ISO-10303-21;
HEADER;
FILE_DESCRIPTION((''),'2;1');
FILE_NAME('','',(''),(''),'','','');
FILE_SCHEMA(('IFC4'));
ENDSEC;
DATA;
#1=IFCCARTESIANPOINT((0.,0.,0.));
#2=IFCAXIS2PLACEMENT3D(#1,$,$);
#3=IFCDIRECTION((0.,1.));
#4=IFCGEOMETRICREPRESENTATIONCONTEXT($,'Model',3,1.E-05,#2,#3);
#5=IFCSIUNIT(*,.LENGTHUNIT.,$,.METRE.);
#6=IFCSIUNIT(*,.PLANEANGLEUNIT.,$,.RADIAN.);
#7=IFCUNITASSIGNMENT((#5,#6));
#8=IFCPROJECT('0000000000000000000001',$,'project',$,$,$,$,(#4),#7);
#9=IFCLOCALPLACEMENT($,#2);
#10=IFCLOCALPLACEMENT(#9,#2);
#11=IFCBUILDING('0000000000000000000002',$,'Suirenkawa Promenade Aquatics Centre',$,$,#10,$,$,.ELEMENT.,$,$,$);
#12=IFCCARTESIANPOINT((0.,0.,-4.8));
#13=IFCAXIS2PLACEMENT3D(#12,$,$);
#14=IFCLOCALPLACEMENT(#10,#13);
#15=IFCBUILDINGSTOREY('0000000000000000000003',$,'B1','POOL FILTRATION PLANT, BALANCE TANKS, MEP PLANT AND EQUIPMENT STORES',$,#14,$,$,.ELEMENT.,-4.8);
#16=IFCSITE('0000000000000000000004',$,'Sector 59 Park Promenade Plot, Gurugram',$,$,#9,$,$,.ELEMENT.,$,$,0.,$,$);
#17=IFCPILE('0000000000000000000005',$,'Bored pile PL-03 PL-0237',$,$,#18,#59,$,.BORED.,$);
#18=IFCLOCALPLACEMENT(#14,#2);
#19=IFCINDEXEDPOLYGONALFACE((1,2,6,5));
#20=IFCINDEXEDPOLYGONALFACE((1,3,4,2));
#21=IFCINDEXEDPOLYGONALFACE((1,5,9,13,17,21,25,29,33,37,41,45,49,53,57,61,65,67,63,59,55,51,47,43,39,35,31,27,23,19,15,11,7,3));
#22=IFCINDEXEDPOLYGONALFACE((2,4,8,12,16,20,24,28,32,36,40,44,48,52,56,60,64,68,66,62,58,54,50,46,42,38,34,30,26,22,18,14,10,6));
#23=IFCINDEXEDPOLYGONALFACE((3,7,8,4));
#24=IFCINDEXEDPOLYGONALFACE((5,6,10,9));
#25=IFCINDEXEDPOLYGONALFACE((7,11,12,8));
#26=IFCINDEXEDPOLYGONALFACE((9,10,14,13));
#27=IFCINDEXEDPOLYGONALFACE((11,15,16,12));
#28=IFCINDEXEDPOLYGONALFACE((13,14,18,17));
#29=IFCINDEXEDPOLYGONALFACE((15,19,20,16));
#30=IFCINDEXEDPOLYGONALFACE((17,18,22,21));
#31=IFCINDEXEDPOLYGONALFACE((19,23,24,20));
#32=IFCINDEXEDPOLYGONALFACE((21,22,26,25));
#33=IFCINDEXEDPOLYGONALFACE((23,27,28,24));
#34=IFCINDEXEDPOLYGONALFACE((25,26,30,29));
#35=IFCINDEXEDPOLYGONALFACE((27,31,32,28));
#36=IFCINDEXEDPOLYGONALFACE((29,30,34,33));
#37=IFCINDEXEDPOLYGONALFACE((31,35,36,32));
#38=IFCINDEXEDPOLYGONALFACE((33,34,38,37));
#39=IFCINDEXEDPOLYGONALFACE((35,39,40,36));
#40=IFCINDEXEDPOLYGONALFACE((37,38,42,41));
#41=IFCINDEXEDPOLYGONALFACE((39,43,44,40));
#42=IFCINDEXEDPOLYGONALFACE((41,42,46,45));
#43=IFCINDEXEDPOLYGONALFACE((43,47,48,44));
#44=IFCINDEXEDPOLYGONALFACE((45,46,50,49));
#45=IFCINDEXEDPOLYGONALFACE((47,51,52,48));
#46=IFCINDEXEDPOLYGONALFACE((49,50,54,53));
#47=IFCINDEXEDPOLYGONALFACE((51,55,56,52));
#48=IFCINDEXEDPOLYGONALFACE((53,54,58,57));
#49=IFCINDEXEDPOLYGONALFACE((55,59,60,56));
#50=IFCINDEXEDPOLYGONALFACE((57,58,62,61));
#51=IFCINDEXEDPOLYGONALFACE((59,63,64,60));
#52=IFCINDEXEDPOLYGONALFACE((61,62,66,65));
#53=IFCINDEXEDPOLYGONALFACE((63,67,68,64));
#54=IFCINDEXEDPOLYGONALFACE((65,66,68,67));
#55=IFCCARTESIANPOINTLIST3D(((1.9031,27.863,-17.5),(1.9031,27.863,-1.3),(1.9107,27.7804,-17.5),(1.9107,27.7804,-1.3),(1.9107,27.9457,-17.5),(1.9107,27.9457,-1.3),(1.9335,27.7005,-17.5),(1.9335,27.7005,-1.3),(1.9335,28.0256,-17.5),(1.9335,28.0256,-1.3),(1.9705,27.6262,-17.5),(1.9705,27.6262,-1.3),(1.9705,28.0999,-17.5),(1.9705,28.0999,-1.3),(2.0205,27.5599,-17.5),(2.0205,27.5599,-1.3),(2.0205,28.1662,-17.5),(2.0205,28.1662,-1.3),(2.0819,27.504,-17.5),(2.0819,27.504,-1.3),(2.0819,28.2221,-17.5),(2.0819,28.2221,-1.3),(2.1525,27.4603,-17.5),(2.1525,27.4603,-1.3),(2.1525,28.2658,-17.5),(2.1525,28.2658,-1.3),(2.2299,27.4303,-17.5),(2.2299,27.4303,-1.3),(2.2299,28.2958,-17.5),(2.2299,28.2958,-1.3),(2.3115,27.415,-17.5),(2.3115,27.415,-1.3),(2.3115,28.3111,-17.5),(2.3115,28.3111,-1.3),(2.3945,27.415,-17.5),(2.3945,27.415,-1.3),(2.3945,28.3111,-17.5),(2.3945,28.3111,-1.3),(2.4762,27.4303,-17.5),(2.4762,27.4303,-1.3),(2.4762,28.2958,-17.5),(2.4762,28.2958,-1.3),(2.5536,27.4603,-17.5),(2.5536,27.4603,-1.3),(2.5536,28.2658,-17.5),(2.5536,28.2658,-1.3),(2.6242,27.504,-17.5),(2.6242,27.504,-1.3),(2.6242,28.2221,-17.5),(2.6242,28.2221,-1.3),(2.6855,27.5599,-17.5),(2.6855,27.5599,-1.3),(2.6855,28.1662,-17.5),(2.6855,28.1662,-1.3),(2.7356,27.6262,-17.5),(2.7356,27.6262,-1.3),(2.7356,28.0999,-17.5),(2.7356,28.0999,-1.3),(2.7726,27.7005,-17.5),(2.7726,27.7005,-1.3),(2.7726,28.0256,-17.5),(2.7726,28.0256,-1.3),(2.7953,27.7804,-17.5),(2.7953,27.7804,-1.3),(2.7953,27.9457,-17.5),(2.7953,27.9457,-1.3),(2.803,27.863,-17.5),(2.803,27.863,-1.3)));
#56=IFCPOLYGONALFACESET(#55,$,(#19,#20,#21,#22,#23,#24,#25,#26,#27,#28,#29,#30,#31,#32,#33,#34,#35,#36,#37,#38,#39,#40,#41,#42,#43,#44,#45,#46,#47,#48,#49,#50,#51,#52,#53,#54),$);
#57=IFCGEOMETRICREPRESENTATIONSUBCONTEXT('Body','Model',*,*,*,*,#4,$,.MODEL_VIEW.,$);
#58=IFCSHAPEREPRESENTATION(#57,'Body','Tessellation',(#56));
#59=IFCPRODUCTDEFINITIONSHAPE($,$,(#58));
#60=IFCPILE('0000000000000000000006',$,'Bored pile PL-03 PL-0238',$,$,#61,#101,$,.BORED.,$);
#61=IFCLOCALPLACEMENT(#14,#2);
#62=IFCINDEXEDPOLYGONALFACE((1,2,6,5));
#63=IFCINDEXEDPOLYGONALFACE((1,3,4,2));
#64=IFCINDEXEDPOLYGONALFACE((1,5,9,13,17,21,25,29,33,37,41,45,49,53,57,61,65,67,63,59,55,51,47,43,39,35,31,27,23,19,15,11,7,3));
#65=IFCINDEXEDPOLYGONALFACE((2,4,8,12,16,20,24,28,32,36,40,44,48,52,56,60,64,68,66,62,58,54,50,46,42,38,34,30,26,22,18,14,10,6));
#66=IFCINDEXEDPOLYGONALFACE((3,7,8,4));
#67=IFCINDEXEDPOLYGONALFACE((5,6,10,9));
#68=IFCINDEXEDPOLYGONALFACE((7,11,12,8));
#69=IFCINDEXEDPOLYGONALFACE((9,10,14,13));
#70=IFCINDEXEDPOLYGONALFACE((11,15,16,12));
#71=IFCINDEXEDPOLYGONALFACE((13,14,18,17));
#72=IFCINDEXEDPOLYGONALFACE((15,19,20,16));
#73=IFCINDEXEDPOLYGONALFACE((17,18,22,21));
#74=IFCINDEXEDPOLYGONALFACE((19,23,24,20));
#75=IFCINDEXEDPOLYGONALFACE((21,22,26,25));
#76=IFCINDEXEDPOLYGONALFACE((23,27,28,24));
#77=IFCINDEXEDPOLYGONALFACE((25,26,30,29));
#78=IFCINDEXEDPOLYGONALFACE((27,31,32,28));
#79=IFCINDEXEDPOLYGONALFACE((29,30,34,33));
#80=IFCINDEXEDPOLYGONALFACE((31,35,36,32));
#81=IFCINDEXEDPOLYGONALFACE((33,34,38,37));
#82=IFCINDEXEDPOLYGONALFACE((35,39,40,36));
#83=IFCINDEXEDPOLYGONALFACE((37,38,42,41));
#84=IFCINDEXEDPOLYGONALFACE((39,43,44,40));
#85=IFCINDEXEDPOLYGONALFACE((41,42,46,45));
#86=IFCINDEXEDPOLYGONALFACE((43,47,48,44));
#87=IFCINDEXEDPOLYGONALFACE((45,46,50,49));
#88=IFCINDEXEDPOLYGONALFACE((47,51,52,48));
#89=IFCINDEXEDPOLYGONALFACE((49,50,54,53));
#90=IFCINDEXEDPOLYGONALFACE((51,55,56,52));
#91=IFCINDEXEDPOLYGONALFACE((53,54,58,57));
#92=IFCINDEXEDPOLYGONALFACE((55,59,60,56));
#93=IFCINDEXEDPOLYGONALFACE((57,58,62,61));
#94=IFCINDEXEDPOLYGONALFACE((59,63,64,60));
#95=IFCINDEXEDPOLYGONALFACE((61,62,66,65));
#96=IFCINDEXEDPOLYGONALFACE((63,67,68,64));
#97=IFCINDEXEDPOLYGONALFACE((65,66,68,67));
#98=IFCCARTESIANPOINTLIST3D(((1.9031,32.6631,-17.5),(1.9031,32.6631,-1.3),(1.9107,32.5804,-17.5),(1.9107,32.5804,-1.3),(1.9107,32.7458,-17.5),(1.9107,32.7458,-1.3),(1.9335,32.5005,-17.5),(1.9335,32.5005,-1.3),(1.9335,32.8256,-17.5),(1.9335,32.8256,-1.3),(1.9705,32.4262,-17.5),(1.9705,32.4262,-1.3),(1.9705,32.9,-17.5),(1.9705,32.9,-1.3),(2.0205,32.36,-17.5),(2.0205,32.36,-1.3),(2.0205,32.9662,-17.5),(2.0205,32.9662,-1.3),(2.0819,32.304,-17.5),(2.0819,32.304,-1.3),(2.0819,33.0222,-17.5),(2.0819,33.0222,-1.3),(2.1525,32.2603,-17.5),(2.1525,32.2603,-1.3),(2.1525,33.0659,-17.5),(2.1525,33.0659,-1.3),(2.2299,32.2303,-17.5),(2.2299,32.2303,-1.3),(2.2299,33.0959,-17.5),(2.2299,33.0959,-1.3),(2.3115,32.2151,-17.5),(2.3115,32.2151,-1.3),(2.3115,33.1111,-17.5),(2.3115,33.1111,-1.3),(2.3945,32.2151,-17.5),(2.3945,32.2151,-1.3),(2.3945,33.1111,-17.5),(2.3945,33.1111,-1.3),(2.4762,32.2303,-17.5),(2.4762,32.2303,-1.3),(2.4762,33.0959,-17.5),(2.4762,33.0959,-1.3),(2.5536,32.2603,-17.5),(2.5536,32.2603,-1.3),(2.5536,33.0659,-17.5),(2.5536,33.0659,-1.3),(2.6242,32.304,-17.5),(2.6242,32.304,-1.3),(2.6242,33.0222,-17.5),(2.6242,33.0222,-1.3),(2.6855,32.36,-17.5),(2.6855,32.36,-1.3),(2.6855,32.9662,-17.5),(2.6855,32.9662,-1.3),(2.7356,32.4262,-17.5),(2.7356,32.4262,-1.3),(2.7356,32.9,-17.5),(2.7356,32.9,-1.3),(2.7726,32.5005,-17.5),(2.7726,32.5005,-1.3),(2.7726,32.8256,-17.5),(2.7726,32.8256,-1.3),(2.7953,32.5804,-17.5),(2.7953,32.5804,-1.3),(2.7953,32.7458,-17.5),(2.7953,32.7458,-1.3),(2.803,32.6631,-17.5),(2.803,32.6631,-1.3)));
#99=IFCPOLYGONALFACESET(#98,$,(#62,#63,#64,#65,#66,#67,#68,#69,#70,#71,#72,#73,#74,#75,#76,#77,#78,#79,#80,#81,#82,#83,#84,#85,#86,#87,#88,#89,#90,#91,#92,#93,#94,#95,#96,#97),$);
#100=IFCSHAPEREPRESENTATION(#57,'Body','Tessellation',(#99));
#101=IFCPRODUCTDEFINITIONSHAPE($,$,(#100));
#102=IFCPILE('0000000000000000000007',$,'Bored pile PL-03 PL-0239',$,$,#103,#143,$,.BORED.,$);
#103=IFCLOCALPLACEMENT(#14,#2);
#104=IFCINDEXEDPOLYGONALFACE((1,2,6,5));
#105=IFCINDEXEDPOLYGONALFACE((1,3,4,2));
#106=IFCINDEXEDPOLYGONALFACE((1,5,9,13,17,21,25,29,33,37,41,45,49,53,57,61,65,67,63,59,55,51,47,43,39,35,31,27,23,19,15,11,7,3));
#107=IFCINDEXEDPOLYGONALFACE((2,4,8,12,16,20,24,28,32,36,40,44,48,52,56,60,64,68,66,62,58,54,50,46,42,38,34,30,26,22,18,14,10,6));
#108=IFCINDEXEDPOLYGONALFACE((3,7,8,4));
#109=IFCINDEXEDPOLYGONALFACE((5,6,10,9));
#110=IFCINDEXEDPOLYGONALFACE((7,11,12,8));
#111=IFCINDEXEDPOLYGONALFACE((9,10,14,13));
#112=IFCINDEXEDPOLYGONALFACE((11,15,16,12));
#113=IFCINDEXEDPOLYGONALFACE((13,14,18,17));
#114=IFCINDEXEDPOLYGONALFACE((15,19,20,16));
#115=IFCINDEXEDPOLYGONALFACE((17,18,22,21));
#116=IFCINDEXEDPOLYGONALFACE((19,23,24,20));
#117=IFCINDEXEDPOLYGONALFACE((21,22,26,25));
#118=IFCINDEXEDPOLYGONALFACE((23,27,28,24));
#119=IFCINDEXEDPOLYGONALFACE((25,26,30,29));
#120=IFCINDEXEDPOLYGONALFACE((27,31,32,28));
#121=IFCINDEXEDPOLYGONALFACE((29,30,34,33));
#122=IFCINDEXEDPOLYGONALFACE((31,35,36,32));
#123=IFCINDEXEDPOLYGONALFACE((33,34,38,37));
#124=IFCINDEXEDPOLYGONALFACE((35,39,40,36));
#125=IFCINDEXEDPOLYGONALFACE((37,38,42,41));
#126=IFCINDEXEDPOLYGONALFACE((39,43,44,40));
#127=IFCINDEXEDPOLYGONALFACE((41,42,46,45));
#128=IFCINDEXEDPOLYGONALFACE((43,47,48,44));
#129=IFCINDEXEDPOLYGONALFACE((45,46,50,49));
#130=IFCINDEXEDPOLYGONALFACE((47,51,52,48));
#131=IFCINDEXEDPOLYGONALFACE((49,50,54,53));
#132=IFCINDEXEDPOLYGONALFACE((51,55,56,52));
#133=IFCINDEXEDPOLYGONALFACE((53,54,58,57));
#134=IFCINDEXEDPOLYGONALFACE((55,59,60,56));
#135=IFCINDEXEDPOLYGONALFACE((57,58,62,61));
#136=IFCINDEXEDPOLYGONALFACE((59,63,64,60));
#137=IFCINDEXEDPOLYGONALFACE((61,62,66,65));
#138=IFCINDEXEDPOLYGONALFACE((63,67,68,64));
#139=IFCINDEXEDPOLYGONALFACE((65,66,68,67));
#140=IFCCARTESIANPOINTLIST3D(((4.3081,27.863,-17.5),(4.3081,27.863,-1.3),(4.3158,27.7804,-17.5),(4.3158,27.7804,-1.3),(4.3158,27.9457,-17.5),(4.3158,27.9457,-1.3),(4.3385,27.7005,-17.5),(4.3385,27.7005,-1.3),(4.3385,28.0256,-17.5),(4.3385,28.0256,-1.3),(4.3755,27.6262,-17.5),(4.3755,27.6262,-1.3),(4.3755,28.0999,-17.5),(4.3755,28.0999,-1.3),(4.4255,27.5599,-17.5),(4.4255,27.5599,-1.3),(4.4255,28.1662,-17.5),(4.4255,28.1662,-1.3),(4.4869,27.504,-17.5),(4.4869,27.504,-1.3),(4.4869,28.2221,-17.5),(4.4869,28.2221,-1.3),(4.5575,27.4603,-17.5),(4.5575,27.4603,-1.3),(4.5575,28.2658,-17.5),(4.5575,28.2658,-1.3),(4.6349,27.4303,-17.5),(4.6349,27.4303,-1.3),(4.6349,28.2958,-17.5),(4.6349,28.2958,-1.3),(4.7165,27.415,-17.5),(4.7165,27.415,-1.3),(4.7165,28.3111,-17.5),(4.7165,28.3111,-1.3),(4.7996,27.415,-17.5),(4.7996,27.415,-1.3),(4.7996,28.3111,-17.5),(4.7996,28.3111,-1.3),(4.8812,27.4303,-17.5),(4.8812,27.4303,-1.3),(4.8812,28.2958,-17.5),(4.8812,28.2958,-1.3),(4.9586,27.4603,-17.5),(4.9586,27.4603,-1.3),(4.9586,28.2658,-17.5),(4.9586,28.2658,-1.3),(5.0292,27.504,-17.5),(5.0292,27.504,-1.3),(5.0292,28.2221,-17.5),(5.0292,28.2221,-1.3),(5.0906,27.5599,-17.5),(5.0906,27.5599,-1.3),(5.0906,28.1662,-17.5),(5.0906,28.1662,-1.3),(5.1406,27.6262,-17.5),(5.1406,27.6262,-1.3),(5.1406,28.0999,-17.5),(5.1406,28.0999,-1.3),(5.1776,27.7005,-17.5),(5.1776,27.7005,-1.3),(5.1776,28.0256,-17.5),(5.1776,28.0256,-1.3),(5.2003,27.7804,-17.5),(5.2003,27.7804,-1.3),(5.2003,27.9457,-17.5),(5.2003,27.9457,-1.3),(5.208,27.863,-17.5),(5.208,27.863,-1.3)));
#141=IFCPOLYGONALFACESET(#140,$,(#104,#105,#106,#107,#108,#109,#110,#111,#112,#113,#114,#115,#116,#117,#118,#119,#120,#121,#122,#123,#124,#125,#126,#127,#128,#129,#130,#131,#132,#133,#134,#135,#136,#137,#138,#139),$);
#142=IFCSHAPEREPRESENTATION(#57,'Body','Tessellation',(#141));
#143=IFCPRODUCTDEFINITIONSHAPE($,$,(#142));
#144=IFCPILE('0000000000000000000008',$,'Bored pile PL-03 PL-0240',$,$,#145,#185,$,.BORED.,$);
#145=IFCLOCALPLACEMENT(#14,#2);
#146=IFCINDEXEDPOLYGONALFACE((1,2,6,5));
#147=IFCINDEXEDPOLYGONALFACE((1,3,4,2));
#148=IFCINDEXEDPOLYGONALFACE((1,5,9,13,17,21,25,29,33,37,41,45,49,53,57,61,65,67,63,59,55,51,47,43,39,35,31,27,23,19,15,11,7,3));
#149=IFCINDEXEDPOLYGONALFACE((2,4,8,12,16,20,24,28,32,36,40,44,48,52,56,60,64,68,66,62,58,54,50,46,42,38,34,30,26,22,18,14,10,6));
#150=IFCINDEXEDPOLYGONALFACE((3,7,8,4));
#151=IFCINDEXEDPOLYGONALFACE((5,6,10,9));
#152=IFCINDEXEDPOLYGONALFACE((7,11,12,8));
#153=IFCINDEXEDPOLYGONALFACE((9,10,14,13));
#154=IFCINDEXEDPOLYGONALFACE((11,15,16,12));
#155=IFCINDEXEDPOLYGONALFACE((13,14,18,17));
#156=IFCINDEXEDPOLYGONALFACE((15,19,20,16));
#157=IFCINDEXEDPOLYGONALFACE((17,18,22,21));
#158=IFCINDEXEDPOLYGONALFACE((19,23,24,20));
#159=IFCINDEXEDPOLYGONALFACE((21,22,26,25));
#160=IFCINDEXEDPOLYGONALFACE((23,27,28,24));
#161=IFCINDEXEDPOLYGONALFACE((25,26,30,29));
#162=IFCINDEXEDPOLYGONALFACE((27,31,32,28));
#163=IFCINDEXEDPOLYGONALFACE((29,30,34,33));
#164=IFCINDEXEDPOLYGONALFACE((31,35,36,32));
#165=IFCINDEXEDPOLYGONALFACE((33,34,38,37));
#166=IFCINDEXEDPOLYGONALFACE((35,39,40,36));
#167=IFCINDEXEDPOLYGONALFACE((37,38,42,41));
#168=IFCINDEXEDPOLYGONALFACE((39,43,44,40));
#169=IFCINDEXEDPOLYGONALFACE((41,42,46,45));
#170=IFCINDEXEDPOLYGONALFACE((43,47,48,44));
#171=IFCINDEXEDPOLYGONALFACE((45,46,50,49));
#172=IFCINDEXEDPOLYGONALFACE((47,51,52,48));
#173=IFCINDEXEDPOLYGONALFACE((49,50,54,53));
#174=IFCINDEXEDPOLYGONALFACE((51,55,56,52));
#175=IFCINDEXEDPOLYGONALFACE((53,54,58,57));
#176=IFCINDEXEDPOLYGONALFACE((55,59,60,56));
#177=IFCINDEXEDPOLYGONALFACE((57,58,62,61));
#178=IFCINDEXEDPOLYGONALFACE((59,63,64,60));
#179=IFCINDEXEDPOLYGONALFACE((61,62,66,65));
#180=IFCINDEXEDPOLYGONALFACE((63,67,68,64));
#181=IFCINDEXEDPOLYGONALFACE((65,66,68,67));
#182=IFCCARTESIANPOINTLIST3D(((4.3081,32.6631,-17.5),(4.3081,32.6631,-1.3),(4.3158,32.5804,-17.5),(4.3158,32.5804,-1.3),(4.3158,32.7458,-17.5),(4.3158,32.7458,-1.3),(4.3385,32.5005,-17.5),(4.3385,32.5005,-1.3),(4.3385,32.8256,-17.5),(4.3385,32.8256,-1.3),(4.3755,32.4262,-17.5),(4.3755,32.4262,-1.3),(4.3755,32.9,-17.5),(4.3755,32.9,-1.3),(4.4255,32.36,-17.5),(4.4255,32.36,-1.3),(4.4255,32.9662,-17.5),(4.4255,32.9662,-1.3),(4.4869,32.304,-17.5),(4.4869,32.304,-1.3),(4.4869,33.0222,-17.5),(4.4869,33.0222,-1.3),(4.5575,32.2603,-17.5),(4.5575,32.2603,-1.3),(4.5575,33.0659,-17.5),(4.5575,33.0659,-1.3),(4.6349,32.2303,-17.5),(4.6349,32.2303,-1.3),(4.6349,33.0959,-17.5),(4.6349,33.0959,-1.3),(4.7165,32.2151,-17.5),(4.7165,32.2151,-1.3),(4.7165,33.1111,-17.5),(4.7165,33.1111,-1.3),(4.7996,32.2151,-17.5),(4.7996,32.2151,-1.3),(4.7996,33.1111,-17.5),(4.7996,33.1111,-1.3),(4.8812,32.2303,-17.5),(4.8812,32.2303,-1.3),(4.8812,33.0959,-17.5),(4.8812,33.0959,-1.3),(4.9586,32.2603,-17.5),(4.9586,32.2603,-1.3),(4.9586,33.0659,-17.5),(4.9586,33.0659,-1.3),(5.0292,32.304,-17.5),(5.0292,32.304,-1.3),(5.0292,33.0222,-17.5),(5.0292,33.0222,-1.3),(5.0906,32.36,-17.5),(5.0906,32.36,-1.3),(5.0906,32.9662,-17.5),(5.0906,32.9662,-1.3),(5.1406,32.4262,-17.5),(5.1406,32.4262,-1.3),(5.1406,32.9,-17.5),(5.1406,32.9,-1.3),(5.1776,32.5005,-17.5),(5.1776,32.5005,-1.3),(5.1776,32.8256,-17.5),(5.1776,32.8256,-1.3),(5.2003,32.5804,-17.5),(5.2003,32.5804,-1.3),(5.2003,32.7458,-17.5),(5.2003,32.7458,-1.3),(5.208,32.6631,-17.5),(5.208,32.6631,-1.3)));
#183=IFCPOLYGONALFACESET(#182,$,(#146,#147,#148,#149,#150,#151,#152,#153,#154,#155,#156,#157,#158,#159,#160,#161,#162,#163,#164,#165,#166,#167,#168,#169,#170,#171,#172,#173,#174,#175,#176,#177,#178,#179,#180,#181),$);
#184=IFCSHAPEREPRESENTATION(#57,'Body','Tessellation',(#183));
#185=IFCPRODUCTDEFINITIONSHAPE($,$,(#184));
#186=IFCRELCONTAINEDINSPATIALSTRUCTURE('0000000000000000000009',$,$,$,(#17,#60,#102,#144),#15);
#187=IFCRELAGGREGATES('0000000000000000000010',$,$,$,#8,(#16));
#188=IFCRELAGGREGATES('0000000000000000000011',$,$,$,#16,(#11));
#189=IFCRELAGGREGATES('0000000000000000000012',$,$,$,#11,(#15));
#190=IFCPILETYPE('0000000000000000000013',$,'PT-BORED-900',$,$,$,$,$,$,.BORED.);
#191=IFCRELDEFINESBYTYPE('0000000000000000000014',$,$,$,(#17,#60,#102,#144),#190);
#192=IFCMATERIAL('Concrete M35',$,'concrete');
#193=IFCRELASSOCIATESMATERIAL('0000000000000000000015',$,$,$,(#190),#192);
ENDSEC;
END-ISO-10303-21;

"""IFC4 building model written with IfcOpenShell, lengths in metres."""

from ifc_helpers import new_model, si_unit, direction, frame, origin, origin_2d, place, context, subcontext, project, spatial, circle, extrude, material, material_profile, profile_set, type_object, element, save


model = new_model("IFC4")

# Units and contexts
model_context = context("Model", 3, precision=1e-05, world=origin(), true_north=direction((0.0, 1.0)))
body_context = subcontext(model_context, "Body", "Model", "MODEL_VIEW")
ifc_project = project(units=[si_unit("LENGTHUNIT", "METRE"), si_unit("PLANEANGLEUNIT", "RADIAN")], contexts=[model_context])

# Site, building, storey
site_placement = place(None, origin())
site = spatial("IfcSite", under=ifc_project, at=site_placement, Name="Sector 59 Park Promenade Plot, Gurugram", CompositionType="ELEMENT", RefElevation=0.0)
building_placement = place(site_placement, origin())
building = spatial("IfcBuilding", under=site, at=building_placement, Name="Suirenkawa Promenade Aquatics Centre", CompositionType="ELEMENT")
storey_placement = place(building_placement, frame((0.0, 0.0, -4.8)))
storey = spatial("IfcBuildingStorey", under=building, at=storey_placement, Name="B1", Description="POOL FILTRATION PLANT, BALANCE TANKS, MEP PLANT AND EQUIPMENT STORES", CompositionType="ELEMENT", Elevation=-4.8)

# Shared definitions
ifc_material_1 = material(Name="Concrete M35", Category="concrete")

# Piles
ifc_material_profile_1 = material_profile(ifc_material_1, circle(Radius=0.45, at=origin_2d()), Name="PILE D900", Category="concrete")
ifc_profile_set_1 = profile_set([ifc_material_profile_1], Name="Concrete M35")
pile_type = type_object("IfcPileType", Name="PT-BORED-900", PredefinedType="BORED", material=ifc_profile_set_1)
for number, where, z_axis, x_axis, name in (
    (1, (2.353, 27.863, -1.3), (0.0, 0.0, -1.0), (1.0, 0.0, 0.0), "Bored pile PL-03 PL-0237"),
    (2, (2.353, 32.6631, -1.3), (0.0, 0.0, -1.0), (1.0, 0.0, 0.0), "Bored pile PL-03 PL-0238"),
    (3, (4.7581, 27.863, -1.3), (0.0, 0.0, -1.0), (1.0, 0.0, 0.0), "Bored pile PL-03 PL-0239"),
    (4, (4.7581, 32.6631, -1.3), (0.0, 0.0, -1.0), (1.0, 0.0, 0.0), "Bored pile PL-03 PL-0240"),
):
    element("IfcPile", number, at=place(storey_placement, frame(where, z_axis=z_axis, x_axis=x_axis)), inside=storey, type_object=pile_type, Name=name, PredefinedType="BORED", context=body_context, shape_type="SweptSolid", body=[
        extrude(circle(Radius=0.45, at=origin_2d()), origin(), (0.0, 0.0, 1.0), 16.2),
    ])

save(model, "model.ifc")
